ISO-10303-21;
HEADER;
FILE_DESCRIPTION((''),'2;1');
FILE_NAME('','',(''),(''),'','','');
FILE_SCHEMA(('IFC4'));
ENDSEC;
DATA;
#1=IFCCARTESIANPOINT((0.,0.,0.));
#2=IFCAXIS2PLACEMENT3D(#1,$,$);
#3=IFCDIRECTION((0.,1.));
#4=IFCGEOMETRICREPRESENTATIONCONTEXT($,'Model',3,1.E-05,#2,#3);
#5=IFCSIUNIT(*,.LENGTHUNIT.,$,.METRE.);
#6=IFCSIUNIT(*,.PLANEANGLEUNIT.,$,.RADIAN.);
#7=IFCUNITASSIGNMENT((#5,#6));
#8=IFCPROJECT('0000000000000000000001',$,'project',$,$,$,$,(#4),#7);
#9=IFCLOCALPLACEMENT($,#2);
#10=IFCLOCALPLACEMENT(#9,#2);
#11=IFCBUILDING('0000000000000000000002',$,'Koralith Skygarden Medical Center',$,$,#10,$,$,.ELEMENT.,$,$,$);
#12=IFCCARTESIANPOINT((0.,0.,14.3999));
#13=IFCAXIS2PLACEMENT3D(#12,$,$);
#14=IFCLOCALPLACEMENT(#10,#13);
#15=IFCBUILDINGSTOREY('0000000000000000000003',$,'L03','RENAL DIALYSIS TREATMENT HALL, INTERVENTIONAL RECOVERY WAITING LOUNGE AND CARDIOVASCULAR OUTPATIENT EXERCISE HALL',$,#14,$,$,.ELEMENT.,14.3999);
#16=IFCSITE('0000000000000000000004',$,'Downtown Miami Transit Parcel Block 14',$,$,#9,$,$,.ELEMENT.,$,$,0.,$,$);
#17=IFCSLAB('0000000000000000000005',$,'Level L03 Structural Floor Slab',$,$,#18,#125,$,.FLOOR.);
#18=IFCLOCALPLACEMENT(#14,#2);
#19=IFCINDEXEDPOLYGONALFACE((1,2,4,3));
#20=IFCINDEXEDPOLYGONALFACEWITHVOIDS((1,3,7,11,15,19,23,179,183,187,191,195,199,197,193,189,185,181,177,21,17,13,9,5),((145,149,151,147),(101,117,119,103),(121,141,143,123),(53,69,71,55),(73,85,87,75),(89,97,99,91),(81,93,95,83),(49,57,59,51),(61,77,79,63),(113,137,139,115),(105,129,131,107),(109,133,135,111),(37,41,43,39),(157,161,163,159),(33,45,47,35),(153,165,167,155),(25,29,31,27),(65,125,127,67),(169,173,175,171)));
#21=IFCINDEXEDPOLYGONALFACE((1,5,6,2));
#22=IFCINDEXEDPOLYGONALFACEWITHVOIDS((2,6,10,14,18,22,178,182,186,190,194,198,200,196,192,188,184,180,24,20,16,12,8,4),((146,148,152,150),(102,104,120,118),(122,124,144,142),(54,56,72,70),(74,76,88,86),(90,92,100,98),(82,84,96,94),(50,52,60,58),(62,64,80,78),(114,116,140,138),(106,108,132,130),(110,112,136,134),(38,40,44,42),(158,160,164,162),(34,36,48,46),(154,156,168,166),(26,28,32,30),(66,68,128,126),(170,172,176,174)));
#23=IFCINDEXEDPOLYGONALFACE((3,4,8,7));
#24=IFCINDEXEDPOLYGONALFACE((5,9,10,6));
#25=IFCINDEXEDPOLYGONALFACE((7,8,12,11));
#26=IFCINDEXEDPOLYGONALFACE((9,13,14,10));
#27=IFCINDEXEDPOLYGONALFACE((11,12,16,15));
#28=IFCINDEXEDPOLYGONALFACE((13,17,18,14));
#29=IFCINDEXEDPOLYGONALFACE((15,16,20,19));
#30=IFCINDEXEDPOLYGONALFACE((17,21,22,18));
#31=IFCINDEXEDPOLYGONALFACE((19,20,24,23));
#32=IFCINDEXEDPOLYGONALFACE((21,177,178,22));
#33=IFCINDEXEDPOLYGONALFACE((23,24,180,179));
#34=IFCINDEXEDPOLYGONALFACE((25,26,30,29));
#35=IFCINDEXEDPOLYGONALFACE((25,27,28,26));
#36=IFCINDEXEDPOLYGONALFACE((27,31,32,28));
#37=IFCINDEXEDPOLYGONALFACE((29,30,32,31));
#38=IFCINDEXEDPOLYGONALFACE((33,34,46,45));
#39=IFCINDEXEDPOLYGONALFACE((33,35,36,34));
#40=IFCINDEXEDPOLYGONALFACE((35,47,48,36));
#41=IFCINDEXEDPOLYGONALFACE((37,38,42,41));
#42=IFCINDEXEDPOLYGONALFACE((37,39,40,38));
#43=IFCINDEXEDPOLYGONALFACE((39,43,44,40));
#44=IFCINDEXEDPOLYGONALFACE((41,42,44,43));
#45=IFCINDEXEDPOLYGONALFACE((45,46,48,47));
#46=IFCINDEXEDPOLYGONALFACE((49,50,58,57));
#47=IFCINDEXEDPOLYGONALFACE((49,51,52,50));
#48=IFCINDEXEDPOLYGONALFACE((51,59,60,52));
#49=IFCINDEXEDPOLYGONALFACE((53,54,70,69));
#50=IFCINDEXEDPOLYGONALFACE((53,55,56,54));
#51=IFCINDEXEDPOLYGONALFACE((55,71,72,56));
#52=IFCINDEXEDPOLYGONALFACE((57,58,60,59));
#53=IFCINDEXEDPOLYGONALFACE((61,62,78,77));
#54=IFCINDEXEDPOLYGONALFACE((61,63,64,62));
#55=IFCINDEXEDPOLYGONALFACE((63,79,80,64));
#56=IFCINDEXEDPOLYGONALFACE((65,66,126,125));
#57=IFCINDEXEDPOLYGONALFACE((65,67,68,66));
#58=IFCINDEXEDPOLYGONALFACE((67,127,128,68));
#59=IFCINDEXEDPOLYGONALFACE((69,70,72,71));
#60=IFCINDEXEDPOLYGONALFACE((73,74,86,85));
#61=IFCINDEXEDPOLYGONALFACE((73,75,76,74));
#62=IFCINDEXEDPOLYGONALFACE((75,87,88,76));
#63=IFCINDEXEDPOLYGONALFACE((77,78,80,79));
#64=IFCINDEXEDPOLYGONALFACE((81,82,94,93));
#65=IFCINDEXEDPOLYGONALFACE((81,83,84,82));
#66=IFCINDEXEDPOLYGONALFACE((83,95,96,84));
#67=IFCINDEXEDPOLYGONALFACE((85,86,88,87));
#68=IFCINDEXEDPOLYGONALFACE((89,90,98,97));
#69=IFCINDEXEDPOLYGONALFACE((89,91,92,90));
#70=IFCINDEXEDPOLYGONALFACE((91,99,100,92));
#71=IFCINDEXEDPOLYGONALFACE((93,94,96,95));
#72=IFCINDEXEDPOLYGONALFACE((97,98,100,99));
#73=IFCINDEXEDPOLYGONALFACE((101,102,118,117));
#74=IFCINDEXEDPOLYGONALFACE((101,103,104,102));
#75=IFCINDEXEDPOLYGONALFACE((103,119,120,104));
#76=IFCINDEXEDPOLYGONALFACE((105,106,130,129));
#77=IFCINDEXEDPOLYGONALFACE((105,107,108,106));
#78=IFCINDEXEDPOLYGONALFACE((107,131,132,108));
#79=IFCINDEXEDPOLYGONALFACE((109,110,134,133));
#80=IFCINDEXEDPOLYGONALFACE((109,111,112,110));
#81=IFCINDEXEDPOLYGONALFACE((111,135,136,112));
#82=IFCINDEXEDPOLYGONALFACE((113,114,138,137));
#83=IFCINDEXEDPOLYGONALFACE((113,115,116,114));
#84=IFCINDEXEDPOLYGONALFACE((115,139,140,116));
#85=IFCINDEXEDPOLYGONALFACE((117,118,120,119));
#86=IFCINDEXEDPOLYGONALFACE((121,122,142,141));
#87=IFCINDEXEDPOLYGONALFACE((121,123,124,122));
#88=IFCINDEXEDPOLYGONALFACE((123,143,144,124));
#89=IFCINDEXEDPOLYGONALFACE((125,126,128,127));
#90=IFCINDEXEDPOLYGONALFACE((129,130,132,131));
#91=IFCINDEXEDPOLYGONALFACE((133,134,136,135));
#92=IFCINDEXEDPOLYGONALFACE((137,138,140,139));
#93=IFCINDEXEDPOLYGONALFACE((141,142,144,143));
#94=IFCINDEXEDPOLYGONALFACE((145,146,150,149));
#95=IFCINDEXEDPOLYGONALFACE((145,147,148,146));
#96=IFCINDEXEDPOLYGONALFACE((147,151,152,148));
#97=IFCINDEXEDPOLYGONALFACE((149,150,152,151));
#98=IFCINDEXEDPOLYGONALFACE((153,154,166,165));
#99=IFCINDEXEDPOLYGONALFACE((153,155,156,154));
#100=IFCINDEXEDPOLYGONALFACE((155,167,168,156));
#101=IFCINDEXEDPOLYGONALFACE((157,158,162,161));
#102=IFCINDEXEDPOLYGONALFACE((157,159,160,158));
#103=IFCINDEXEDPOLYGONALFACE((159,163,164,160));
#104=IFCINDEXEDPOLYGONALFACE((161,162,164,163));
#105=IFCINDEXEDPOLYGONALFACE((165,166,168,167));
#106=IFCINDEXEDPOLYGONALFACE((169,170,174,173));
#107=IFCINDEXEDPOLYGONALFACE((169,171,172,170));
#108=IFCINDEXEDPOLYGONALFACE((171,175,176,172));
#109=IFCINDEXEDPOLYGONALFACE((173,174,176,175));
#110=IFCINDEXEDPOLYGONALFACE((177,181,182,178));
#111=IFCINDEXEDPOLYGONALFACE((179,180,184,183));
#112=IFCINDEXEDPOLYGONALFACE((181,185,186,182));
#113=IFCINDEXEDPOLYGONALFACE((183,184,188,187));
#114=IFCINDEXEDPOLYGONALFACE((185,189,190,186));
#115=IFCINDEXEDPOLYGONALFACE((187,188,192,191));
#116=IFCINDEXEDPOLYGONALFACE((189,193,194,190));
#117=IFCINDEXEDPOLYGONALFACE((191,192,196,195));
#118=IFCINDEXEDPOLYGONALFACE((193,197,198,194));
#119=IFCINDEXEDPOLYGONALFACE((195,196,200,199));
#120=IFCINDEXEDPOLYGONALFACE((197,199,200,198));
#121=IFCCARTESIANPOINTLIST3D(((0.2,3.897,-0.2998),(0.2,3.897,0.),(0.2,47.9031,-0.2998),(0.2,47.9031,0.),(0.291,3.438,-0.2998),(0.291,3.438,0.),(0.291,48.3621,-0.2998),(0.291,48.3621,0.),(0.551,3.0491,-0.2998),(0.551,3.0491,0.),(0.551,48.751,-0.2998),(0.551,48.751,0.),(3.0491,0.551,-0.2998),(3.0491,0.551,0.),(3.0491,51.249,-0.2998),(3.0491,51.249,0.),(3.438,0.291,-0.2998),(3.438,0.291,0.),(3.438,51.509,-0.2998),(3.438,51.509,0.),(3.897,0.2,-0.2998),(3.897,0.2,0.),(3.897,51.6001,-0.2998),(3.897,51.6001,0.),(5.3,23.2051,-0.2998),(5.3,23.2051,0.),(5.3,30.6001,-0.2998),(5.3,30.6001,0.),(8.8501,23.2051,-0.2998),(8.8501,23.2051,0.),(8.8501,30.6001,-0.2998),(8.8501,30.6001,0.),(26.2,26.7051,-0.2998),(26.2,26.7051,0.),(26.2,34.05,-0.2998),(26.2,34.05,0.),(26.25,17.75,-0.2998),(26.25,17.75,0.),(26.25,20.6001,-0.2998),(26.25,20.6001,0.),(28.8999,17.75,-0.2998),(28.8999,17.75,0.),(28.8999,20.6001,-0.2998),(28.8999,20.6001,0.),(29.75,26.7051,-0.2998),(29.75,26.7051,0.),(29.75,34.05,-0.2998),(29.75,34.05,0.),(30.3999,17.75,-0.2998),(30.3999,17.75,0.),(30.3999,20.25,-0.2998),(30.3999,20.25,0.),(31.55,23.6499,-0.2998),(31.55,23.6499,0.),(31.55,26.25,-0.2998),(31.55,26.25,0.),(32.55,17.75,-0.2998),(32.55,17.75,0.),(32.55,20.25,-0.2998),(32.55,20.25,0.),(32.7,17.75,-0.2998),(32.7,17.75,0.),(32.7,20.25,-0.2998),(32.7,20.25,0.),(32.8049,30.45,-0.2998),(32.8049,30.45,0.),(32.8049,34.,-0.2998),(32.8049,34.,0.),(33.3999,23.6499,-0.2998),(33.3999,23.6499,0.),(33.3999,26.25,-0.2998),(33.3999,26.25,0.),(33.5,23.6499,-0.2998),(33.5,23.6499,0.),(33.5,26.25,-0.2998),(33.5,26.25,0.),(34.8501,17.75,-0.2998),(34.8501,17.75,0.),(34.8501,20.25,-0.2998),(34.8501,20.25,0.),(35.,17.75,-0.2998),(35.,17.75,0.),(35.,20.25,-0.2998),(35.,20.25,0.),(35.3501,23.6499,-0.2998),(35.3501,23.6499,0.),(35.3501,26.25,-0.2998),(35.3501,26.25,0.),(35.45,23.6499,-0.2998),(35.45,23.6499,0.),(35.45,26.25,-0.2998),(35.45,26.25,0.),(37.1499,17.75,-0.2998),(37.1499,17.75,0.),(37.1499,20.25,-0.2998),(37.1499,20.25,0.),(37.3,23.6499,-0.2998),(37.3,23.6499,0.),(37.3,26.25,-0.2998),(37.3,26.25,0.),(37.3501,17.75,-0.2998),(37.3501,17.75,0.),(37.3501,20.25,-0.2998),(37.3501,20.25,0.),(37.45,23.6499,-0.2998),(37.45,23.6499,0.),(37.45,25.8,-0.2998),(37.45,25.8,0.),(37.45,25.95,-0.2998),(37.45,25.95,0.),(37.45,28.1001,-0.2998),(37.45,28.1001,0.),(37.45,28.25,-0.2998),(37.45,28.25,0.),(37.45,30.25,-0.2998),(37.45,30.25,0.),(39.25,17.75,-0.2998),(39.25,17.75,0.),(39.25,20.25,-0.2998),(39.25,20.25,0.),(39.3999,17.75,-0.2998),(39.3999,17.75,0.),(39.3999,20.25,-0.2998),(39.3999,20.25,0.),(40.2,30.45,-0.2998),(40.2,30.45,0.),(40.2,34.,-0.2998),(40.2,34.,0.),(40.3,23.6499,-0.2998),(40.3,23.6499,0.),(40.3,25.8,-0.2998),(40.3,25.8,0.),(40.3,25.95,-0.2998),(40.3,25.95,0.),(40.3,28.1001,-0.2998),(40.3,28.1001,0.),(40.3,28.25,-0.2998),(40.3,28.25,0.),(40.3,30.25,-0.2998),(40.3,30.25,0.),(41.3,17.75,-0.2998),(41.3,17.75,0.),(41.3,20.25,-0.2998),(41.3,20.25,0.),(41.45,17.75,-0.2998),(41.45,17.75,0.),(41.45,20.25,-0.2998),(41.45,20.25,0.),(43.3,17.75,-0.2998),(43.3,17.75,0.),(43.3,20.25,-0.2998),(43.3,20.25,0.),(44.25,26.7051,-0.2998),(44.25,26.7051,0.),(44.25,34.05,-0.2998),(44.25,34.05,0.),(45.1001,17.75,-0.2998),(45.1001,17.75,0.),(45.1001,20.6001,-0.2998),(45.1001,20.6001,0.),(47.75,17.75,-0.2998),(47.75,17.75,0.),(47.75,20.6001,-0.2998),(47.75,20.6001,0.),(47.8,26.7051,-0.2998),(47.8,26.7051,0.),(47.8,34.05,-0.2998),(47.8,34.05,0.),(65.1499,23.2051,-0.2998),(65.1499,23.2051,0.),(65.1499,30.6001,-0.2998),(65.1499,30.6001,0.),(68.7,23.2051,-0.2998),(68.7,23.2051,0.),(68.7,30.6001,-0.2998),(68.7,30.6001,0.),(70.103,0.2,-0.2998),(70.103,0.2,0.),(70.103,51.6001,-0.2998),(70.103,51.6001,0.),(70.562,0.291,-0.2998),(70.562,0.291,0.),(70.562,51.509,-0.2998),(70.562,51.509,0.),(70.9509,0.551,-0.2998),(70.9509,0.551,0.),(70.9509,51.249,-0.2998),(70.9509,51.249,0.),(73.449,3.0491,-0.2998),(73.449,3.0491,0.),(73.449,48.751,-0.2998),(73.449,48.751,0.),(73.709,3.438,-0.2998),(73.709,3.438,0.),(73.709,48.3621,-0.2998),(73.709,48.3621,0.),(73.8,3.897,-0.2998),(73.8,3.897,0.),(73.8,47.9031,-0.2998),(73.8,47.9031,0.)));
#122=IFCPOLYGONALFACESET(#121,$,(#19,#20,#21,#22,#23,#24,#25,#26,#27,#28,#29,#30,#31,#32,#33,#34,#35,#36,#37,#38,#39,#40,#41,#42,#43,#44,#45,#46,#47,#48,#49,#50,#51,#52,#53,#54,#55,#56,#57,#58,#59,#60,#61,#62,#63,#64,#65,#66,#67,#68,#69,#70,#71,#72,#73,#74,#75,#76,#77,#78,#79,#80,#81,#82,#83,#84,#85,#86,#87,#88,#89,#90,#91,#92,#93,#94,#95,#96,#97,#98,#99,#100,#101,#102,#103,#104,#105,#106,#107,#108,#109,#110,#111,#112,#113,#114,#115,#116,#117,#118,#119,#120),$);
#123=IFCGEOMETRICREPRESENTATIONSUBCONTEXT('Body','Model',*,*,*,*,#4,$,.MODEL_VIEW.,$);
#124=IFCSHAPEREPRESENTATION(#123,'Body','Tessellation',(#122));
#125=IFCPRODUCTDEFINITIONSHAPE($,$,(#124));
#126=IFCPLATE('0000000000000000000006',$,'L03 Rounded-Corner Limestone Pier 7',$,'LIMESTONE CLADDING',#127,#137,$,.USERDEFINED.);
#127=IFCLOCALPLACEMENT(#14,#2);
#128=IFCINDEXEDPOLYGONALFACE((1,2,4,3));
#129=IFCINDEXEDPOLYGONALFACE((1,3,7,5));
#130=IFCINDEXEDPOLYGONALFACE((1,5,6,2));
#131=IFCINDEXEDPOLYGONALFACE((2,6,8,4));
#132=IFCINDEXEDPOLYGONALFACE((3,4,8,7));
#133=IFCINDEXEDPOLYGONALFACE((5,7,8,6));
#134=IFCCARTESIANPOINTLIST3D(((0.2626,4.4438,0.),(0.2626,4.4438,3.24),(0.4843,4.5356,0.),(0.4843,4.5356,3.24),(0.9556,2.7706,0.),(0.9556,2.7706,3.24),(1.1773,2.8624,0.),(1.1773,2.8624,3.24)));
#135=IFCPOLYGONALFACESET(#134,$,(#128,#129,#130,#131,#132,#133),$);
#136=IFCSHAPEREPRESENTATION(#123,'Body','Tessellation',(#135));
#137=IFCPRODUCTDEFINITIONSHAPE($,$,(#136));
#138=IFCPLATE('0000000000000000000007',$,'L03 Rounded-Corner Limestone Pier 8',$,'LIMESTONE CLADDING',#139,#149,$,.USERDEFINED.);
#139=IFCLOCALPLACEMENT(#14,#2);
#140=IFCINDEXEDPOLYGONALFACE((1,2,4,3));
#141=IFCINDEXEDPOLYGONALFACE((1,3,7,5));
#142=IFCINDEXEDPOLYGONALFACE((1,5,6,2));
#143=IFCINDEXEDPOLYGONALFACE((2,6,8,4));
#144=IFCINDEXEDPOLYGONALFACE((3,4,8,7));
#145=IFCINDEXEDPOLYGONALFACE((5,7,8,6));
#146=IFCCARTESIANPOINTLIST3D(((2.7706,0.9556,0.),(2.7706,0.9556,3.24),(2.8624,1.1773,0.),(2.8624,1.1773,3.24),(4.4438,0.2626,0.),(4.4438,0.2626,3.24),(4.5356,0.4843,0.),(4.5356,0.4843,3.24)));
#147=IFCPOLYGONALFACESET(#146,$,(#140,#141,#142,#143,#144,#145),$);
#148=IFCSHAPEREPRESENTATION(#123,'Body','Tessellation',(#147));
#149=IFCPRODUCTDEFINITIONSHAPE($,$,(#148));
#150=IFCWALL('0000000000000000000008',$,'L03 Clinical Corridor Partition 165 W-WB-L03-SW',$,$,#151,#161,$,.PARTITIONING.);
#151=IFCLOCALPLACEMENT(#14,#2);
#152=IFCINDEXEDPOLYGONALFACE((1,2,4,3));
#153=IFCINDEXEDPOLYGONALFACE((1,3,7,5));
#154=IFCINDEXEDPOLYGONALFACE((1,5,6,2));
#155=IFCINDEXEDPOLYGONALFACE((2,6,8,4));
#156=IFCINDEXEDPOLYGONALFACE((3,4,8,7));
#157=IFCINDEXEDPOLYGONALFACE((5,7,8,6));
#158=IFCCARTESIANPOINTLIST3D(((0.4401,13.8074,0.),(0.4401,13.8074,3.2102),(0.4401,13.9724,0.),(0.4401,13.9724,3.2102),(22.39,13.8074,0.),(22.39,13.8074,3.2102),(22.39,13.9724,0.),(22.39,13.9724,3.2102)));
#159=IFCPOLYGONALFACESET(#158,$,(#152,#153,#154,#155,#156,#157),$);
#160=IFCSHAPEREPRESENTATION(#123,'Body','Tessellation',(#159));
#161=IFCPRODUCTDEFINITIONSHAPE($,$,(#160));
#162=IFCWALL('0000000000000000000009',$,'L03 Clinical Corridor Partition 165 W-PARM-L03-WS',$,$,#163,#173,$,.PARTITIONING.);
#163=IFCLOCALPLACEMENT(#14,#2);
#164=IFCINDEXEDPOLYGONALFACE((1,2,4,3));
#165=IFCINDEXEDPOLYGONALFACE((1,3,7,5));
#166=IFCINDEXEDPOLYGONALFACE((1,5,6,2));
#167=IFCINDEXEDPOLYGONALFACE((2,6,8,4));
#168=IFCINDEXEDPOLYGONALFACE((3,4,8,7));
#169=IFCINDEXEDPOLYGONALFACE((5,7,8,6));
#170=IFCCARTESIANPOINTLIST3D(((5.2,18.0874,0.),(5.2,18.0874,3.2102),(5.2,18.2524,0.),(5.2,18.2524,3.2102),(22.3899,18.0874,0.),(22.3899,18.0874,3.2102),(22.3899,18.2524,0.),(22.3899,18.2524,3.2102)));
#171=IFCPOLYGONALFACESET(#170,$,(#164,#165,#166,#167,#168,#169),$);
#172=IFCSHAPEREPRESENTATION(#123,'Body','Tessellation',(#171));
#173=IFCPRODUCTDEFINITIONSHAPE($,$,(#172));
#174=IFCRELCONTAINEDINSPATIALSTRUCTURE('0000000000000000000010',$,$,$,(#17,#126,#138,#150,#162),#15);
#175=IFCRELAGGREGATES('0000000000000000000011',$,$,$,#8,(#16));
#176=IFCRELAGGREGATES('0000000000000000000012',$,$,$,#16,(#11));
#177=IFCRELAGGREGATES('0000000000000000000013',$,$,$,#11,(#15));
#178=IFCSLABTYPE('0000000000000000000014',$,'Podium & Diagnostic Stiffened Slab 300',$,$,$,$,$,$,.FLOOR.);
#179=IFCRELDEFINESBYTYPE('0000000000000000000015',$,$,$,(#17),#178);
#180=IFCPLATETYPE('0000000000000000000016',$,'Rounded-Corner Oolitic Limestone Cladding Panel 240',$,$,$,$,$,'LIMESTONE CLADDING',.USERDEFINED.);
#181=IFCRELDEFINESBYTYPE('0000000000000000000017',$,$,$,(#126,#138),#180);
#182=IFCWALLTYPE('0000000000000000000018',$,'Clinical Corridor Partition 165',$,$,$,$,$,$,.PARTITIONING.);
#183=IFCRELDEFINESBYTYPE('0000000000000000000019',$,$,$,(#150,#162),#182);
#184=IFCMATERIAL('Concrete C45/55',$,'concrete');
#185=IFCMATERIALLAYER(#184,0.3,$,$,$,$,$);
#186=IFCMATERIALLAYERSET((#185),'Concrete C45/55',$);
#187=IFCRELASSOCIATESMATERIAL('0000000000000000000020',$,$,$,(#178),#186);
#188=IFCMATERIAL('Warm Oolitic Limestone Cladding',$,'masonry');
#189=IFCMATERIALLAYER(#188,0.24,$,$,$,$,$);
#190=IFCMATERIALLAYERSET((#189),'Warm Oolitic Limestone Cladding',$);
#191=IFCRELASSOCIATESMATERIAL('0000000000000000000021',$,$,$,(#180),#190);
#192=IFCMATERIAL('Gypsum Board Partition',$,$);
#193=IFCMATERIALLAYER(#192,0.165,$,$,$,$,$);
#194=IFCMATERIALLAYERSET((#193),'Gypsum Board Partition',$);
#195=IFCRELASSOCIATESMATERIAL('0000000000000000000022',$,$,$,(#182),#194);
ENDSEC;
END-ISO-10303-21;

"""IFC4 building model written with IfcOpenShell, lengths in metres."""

from ifc_helpers import new_model, si_unit, direction, frame, frame_2d, origin, origin_2d, place, context, subcontext, project, spatial, polyline, rectangle, outline, extrude, material, layer, layer_set, type_object, element, save


model = new_model("IFC4")

# Units and contexts
model_context = context("Model", 3, precision=1e-05, world=origin(), true_north=direction((0.0, 1.0)))
body_context = subcontext(model_context, "Body", "Model", "MODEL_VIEW")
ifc_project = project(units=[si_unit("LENGTHUNIT", "METRE"), si_unit("PLANEANGLEUNIT", "RADIAN")], contexts=[model_context])

# Site, building, storey
site_placement = place(None, origin())
site = spatial("IfcSite", under=ifc_project, at=site_placement, Name="Downtown Miami Transit Parcel Block 14", CompositionType="ELEMENT", RefElevation=0.0)
building_placement = place(site_placement, origin())
building = spatial("IfcBuilding", under=site, at=building_placement, Name="Koralith Skygarden Medical Center", CompositionType="ELEMENT")
storey_placement = place(building_placement, frame((0.0, 0.0, 14.3999)))
storey = spatial("IfcBuildingStorey", under=building, at=storey_placement, Name="L03", Description="RENAL DIALYSIS TREATMENT HALL, INTERVENTIONAL RECOVERY WAITING LOUNGE AND CARDIOVASCULAR OUTPATIENT EXERCISE HALL", CompositionType="ELEMENT", Elevation=14.3999)

# Shared definitions
ifc_material_1 = material(Name="Concrete C45/55", Category="concrete")

# Slab
ifc_layer_1 = layer(ifc_material_1, 0.3)
ifc_layer_set_1 = layer_set([ifc_layer_1], Name="Concrete C45/55")
slab_type_1 = type_object("IfcSlabType", Name="Podium & Diagnostic Stiffened Slab 300", PredefinedType="FLOOR", material=ifc_layer_set_1)
slab_1_placement = place(storey_placement, frame((0.0, 0.0, -0.2998)))
element("IfcSlab", 1, at=slab_1_placement, inside=storey, type_object=slab_type_1, Name="Level L03 Structural Floor Slab", PredefinedType="FLOOR", context=body_context, shape_type="SweptSolid", body=[
    extrude(outline(polyline([(3.0491, 0.551), (3.438, 0.291), (3.897, 0.2), (70.103, 0.2), (70.562, 0.291), (70.9509, 0.551), (73.449, 3.0491), (73.709, 3.438), (73.8, 3.897), (73.8, 47.9031), (73.709, 48.3621), (73.449, 48.751), (70.9509, 51.249), (70.562, 51.509), (70.103, 51.6001), (3.897, 51.6001), (3.438, 51.509), (3.0491, 51.249), (0.551, 48.751), (0.291, 48.3621), (0.2, 47.9031), (0.2, 3.897), (0.291, 3.438), (0.551, 3.0491), (3.0491, 0.551)]), holes=[polyline([(26.2, 26.7051), (29.75, 26.7051), (29.75, 34.05), (26.2, 34.05), (26.2, 26.7051)]), polyline([(44.25, 26.7051), (47.8, 26.7051), (47.8, 34.05), (44.25, 34.05), (44.25, 26.7051)]), polyline([(32.8049, 30.45), (40.2, 30.45), (40.2, 34.0), (32.8049, 34.0), (32.8049, 30.45)]), polyline([(5.3, 23.2051), (8.8501, 23.2051), (8.8501, 30.6001), (5.3, 30.6001), (5.3, 23.2051)]), polyline([(65.1499, 23.2051), (68.7, 23.2051), (68.7, 30.6001), (65.1499, 30.6001), (65.1499, 23.2051)]), polyline([(26.25, 17.75), (28.8999, 17.75), (28.8999, 20.6001), (26.25, 20.6001), (26.25, 17.75)]), polyline([(45.1001, 17.75), (47.75, 17.75), (47.75, 20.6001), (45.1001, 20.6001), (45.1001, 17.75)]), polyline([(30.3999, 17.75), (32.55, 17.75), (32.55, 20.25), (30.3999, 20.25), (30.3999, 17.75)]), polyline([(32.7, 17.75), (34.8501, 17.75), (34.8501, 20.25), (32.7, 20.25), (32.7, 17.75)]), polyline([(35.0, 17.75), (37.1499, 17.75), (37.1499, 20.25), (35.0, 20.25), (35.0, 17.75)]), polyline([(37.3501, 17.75), (39.25, 17.75), (39.25, 20.25), (37.3501, 20.25), (37.3501, 17.75)]), polyline([(39.3999, 17.75), (41.3, 17.75), (41.3, 20.25), (39.3999, 20.25), (39.3999, 17.75)]), polyline([(41.45, 17.75), (43.3, 17.75), (43.3, 20.25), (41.45, 20.25), (41.45, 17.75)]), polyline([(31.55, 23.6499), (33.3999, 23.6499), (33.3999, 26.25), (31.55, 26.25), (31.55, 23.6499)]), polyline([(33.5, 23.6499), (35.3501, 23.6499), (35.3501, 26.25), (33.5, 26.25), (33.5, 23.6499)]), polyline([(35.45, 23.6499), (37.3, 23.6499), (37.3, 26.25), (35.45, 26.25), (35.45, 23.6499)]), polyline([(37.45, 23.6499), (40.3, 23.6499), (40.3, 25.8), (37.45, 25.8), (37.45, 23.6499)]), polyline([(37.45, 25.95), (40.3, 25.95), (40.3, 28.1001), (37.45, 28.1001), (37.45, 25.95)]), polyline([(37.45, 28.25), (40.3, 28.25), (40.3, 30.25), (37.45, 30.25), (37.45, 28.25)])]), origin(), (0.0, 0.0, 1.0), 0.2998),
])

# Plates
ifc_material_2 = material(Name="Warm Oolitic Limestone Cladding", Category="masonry")
ifc_layer_2 = layer(ifc_material_2, 0.24)
ifc_layer_set_2 = layer_set([ifc_layer_2], Name="Warm Oolitic Limestone Cladding")
plate_type_1 = type_object("IfcPlateType", Name="Rounded-Corner Oolitic Limestone Cladding Panel 240", ElementType="LIMESTONE CLADDING", PredefinedType="USERDEFINED", material=ifc_layer_set_2)
for number, where, z_axis, x_axis, name in (
    (2, (0.72, 3.6531, 0.0), (0.0, 0.0, 1.0), (0.382671, -0.923885, 0.0), "L03 Rounded-Corner Limestone Pier 7"),
    (3, (3.6531, 0.72, 0.0), (0.0, 0.0, 1.0), (0.923885, -0.382671, 0.0), "L03 Rounded-Corner Limestone Pier 8"),
):
    element("IfcPlate", number, at=place(storey_placement, frame(where, z_axis=z_axis, x_axis=x_axis)), inside=storey, type_object=plate_type_1, Name=name, ObjectType="LIMESTONE CLADDING", PredefinedType="USERDEFINED", context=body_context, shape_type="SweptSolid", body=[
        extrude(rectangle(XDim=1.811, YDim=0.24, at=origin_2d()), origin(), (0.0, 0.0, 1.0), 3.24),
    ])

# Walls
ifc_material_3 = material(Name="Gypsum Board Partition")
ifc_layer_3 = layer(ifc_material_3, 0.165)
ifc_layer_set_3 = layer_set([ifc_layer_3], Name="Gypsum Board Partition")
wall_type_1 = type_object("IfcWallType", Name="Clinical Corridor Partition 165", PredefinedType="PARTITIONING", material=ifc_layer_set_3)
wall_1_placement = place(storey_placement, frame((0.4399, 13.8899, 0.0), z_axis=(0.0, 0.0, 1.0), x_axis=(1.0, 0.0, 0.0)))
element("IfcWall", 4, at=wall_1_placement, inside=storey, type_object=wall_type_1, Name="L03 Clinical Corridor Partition 165 W-WB-L03-SW", PredefinedType="PARTITIONING", context=body_context, shape_type="SweptSolid", body=[
    extrude(rectangle(XDim=21.95, YDim=0.165, at=frame_2d((10.9751, 0.0))), origin(), (0.0, 0.0, 1.0), 3.2102),
])
wall_2_placement = place(storey_placement, frame((5.2, 18.1699, 0.0), z_axis=(0.0, 0.0, 1.0), x_axis=(1.0, 0.0, 0.0)))
element("IfcWall", 5, at=wall_2_placement, inside=storey, type_object=wall_type_1, Name="L03 Clinical Corridor Partition 165 W-PARM-L03-WS", PredefinedType="PARTITIONING", context=body_context, shape_type="SweptSolid", body=[
    extrude(rectangle(XDim=17.1899, YDim=0.165, at=frame_2d((8.595, 0.0))), origin(), (0.0, 0.0, 1.0), 3.2102),
])

save(model, "model.ifc")
